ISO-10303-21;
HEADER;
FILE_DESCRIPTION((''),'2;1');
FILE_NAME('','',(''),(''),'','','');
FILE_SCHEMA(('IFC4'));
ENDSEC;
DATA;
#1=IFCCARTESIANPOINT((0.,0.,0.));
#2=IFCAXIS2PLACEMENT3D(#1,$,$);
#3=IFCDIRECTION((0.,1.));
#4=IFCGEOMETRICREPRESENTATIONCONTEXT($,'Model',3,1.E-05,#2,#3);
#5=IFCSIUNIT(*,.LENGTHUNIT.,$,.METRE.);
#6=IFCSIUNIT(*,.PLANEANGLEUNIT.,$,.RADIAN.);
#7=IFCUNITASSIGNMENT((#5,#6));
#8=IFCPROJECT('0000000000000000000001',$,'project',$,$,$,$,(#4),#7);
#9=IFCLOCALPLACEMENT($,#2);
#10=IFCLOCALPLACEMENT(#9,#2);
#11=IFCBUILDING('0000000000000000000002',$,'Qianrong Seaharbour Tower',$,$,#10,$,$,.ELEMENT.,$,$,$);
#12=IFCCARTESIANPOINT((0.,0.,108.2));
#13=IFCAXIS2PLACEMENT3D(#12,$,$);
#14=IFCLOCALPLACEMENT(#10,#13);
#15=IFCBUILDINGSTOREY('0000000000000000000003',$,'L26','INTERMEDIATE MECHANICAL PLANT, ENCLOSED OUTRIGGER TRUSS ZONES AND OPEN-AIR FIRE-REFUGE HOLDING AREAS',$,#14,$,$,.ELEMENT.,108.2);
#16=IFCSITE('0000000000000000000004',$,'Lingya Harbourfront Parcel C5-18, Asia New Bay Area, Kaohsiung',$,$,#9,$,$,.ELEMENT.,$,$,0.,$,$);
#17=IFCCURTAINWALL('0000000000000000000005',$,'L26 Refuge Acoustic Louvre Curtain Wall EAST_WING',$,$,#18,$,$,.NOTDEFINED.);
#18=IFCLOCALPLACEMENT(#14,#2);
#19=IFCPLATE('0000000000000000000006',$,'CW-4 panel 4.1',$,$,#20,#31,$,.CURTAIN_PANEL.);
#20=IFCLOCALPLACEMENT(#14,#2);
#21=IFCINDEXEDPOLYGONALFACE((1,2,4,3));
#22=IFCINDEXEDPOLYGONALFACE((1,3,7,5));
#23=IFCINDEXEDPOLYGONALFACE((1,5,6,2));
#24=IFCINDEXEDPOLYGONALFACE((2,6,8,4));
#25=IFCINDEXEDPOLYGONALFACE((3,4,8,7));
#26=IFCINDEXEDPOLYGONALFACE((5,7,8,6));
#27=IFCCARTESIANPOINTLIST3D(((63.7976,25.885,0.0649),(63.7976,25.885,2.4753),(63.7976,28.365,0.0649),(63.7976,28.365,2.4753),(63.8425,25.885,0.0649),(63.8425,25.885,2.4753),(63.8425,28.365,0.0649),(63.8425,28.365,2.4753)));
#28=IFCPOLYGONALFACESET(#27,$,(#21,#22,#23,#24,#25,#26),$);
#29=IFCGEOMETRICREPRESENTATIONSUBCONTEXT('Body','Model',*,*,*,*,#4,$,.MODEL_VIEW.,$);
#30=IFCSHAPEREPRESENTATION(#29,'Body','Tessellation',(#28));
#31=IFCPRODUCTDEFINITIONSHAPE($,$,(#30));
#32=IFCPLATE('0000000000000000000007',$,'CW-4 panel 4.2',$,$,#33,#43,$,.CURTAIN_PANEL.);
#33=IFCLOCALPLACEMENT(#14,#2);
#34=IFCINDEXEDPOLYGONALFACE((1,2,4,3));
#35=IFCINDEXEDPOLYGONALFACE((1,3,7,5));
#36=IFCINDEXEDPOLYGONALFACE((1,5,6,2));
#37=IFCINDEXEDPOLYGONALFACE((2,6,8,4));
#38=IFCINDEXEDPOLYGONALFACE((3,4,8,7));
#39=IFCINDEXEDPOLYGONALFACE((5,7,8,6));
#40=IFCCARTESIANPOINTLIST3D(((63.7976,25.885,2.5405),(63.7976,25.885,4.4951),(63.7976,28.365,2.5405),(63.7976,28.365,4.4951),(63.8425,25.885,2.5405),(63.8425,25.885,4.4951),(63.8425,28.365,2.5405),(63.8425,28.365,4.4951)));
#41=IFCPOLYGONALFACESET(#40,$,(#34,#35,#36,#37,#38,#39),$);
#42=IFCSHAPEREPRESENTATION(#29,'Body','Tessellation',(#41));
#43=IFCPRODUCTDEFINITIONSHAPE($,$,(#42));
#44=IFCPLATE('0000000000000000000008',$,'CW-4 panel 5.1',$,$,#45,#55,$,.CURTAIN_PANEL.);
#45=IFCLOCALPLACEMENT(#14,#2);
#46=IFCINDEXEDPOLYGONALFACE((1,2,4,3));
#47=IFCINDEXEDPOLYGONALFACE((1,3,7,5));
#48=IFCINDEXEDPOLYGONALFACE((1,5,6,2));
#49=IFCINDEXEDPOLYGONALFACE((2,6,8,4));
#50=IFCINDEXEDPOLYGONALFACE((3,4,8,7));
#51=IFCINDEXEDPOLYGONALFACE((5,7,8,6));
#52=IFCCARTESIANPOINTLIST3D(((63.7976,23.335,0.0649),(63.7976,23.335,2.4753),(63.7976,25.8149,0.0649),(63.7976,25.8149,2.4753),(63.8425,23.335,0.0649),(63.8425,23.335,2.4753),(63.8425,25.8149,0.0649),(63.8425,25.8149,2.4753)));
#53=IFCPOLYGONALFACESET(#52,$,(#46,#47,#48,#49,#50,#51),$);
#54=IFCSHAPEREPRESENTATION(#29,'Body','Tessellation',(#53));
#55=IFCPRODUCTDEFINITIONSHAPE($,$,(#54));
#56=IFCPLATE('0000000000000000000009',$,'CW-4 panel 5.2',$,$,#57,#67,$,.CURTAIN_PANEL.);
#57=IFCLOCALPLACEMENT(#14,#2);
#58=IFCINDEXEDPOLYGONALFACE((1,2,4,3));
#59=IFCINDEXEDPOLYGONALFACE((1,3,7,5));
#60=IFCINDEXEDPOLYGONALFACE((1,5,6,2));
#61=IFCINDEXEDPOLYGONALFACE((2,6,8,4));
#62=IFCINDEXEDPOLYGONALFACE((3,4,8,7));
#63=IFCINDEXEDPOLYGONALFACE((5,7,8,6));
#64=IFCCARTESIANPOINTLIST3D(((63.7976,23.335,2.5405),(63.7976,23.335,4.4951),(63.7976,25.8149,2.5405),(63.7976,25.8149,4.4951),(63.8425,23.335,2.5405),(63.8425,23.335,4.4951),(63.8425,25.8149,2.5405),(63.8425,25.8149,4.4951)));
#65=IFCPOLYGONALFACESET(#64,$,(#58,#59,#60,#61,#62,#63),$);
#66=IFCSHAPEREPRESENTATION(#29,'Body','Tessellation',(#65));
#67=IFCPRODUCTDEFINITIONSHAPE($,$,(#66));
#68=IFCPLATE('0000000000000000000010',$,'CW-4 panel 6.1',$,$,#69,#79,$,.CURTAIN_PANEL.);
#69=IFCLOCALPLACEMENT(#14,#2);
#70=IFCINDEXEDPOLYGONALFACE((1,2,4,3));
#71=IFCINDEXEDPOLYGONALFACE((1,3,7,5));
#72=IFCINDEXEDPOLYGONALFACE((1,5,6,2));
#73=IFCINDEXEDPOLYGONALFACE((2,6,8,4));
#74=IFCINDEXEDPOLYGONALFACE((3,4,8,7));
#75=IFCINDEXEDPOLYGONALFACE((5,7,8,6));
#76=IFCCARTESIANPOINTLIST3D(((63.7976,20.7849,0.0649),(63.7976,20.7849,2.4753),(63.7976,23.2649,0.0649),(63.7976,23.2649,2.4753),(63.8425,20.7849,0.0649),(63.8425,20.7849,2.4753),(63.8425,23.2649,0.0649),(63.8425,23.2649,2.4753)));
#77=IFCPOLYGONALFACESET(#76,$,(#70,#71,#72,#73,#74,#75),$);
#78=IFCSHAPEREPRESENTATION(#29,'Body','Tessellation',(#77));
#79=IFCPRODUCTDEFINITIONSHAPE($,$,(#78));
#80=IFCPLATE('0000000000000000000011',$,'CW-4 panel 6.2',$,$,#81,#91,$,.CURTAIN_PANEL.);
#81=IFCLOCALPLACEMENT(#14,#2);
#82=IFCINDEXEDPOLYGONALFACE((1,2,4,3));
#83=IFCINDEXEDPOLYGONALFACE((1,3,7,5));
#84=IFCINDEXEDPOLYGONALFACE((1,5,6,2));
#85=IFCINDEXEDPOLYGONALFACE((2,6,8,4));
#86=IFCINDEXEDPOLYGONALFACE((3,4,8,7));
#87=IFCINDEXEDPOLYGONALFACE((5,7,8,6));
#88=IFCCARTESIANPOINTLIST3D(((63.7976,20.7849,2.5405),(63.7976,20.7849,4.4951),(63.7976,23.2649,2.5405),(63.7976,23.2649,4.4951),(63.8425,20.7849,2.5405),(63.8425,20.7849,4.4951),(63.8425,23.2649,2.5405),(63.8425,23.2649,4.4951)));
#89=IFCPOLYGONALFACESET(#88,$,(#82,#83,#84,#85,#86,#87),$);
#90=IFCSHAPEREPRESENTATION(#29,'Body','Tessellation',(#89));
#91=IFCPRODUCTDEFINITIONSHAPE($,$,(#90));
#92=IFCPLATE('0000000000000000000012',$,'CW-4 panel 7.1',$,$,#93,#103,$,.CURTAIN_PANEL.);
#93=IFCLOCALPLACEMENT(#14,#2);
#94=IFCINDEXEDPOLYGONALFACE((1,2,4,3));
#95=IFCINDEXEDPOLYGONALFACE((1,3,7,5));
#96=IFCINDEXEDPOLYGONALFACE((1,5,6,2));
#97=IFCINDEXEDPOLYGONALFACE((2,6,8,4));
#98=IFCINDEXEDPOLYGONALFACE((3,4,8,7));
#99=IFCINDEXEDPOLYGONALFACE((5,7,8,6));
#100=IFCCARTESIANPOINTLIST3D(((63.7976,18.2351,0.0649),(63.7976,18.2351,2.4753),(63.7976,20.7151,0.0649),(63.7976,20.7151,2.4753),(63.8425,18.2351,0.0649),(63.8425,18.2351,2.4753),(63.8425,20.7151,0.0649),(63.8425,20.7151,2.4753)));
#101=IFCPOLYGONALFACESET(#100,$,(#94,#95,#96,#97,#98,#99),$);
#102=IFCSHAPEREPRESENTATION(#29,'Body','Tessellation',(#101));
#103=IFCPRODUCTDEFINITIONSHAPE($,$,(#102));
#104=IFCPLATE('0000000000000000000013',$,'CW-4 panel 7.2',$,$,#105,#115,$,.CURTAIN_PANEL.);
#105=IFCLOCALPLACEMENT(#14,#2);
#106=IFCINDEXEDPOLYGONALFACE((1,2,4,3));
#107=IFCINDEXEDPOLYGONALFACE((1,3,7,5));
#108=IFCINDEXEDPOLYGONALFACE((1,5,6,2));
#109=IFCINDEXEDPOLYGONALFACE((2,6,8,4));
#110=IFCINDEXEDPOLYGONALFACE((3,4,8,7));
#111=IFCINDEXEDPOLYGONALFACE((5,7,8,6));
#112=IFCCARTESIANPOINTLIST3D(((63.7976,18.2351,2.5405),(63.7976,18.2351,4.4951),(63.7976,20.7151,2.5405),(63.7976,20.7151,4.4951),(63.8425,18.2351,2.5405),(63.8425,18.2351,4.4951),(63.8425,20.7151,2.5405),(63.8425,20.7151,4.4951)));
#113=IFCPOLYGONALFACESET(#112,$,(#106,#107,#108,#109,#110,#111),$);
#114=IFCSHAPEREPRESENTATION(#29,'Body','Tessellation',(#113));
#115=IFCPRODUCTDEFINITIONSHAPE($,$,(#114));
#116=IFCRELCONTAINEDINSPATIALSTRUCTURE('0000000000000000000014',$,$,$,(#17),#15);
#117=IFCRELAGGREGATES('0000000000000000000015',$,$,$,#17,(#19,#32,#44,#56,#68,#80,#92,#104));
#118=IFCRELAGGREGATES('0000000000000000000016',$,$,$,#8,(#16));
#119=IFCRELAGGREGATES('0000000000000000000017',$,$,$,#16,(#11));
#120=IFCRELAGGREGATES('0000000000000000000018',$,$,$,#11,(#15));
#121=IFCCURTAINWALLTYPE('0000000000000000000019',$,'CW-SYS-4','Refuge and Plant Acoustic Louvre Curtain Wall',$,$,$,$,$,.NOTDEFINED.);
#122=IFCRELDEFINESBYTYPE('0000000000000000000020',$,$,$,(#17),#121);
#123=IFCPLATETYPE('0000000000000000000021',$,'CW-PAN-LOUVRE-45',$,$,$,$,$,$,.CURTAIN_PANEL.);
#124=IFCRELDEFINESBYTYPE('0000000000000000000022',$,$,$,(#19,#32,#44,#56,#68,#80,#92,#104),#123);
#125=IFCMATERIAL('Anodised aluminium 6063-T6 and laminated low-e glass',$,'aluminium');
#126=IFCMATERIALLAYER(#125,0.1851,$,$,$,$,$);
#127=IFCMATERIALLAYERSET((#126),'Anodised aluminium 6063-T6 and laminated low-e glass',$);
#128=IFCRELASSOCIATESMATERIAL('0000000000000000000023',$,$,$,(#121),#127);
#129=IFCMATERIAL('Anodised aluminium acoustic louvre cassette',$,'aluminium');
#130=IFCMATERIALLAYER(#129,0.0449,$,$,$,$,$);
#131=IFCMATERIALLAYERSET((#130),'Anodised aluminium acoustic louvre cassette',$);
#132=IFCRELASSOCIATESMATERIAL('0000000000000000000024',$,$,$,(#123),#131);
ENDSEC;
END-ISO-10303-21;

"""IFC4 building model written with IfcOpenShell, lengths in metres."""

from ifc_helpers import new_model, si_unit, direction, frame, origin, origin_2d, place, context, subcontext, project, spatial, rectangle, extrude, material, layer, layer_set, type_object, element, aggregate, save


model = new_model("IFC4")

# Units and contexts
model_context = context("Model", 3, precision=1e-05, world=origin(), true_north=direction((0.0, 1.0)))
body_context = subcontext(model_context, "Body", "Model", "MODEL_VIEW")
ifc_project = project(units=[si_unit("LENGTHUNIT", "METRE"), si_unit("PLANEANGLEUNIT", "RADIAN")], contexts=[model_context])

# Site, building, storey
site_placement = place(None, origin())
site = spatial("IfcSite", under=ifc_project, at=site_placement, Name="Lingya Harbourfront Parcel C5-18, Asia New Bay Area, Kaohsiung", CompositionType="ELEMENT", RefElevation=0.0)
building_placement = place(site_placement, origin())
building = spatial("IfcBuilding", under=site, at=building_placement, Name="Qianrong Seaharbour Tower", CompositionType="ELEMENT")
storey_placement = place(building_placement, frame((0.0, 0.0, 108.2)))
storey = spatial("IfcBuildingStorey", under=building, at=storey_placement, Name="L26", Description="INTERMEDIATE MECHANICAL PLANT, ENCLOSED OUTRIGGER TRUSS ZONES AND OPEN-AIR FIRE-REFUGE HOLDING AREAS", CompositionType="ELEMENT", Elevation=108.2)

# Curtain wall, plates
ifc_material_1 = material(Name="Anodised aluminium 6063-T6 and laminated low-e glass", Category="aluminium")
ifc_layer_1 = layer(ifc_material_1, 0.1851)
ifc_layer_set_1 = layer_set([ifc_layer_1], Name="Anodised aluminium 6063-T6 and laminated low-e glass")
curtain_wall_type = type_object("IfcCurtainWallType", Name="CW-SYS-4", Description="Refuge and Plant Acoustic Louvre Curtain Wall", PredefinedType="NOTDEFINED", material=ifc_layer_set_1)
curtain_wall_placement = place(storey_placement, origin())
curtain_wall = element("IfcCurtainWall", 1, at=curtain_wall_placement, inside=storey, type_object=curtain_wall_type, Name="L26 Refuge Acoustic Louvre Curtain Wall EAST_WING", PredefinedType="NOTDEFINED")
ifc_material_2 = material(Name="Anodised aluminium acoustic louvre cassette", Category="aluminium")
ifc_layer_2 = layer(ifc_material_2, 0.0449)
ifc_layer_set_2 = layer_set([ifc_layer_2], Name="Anodised aluminium acoustic louvre cassette")
plate_type = type_object("IfcPlateType", Name="CW-PAN-LOUVRE-45", PredefinedType="CURTAIN_PANEL", material=ifc_layer_set_2)
plate_1_placement = place(storey_placement, frame((63.8201, 27.125, 0.0649), z_axis=(0.0, 0.0, 1.0), x_axis=(0.0, -1.0, 0.0)))
plate_1 = element("IfcPlate", 2, at=plate_1_placement, type_object=plate_type, Name="CW-4 panel 4.1", PredefinedType="CURTAIN_PANEL", context=body_context, shape_type="SweptSolid", body=[
    extrude(rectangle(XDim=2.48, YDim=0.0449, at=origin_2d()), origin(), (0.0, 0.0, 1.0), 2.4104),
])
plate_2_placement = place(storey_placement, frame((63.8201, 27.125, 2.5405), z_axis=(0.0, 0.0, 1.0), x_axis=(0.0, -1.0, 0.0)))
plate_2 = element("IfcPlate", 3, at=plate_2_placement, type_object=plate_type, Name="CW-4 panel 4.2", PredefinedType="CURTAIN_PANEL", context=body_context, shape_type="SweptSolid", body=[
    extrude(rectangle(XDim=2.48, YDim=0.0449, at=origin_2d()), origin(), (0.0, 0.0, 1.0), 1.9546),
])
plate_3_placement = place(storey_placement, frame((63.8201, 24.575, 0.0649), z_axis=(0.0, 0.0, 1.0), x_axis=(0.0, -1.0, 0.0)))
plate_3 = element("IfcPlate", 4, at=plate_3_placement, type_object=plate_type, Name="CW-4 panel 5.1", PredefinedType="CURTAIN_PANEL", context=body_context, shape_type="SweptSolid", body=[
    extrude(rectangle(XDim=2.48, YDim=0.0449, at=origin_2d()), origin(), (0.0, 0.0, 1.0), 2.4104),
])
plate_4_placement = place(storey_placement, frame((63.8201, 24.575, 2.5405), z_axis=(0.0, 0.0, 1.0), x_axis=(0.0, -1.0, 0.0)))
plate_4 = element("IfcPlate", 5, at=plate_4_placement, type_object=plate_type, Name="CW-4 panel 5.2", PredefinedType="CURTAIN_PANEL", context=body_context, shape_type="SweptSolid", body=[
    extrude(rectangle(XDim=2.48, YDim=0.0449, at=origin_2d()), origin(), (0.0, 0.0, 1.0), 1.9546),
])
plate_5_placement = place(storey_placement, frame((63.8201, 22.0249, 0.0649), z_axis=(0.0, 0.0, 1.0), x_axis=(0.0, -1.0, 0.0)))
plate_5 = element("IfcPlate", 6, at=plate_5_placement, type_object=plate_type, Name="CW-4 panel 6.1", PredefinedType="CURTAIN_PANEL", context=body_context, shape_type="SweptSolid", body=[
    extrude(rectangle(XDim=2.48, YDim=0.0449, at=origin_2d()), origin(), (0.0, 0.0, 1.0), 2.4104),
])
plate_6_placement = place(storey_placement, frame((63.8201, 22.0249, 2.5405), z_axis=(0.0, 0.0, 1.0), x_axis=(0.0, -1.0, 0.0)))
plate_6 = element("IfcPlate", 7, at=plate_6_placement, type_object=plate_type, Name="CW-4 panel 6.2", PredefinedType="CURTAIN_PANEL", context=body_context, shape_type="SweptSolid", body=[
    extrude(rectangle(XDim=2.48, YDim=0.0449, at=origin_2d()), origin(), (0.0, 0.0, 1.0), 1.9546),
])
plate_7_placement = place(storey_placement, frame((63.8201, 19.4751, 0.0649), z_axis=(0.0, 0.0, 1.0), x_axis=(0.0, -1.0, 0.0)))
plate_7 = element("IfcPlate", 8, at=plate_7_placement, type_object=plate_type, Name="CW-4 panel 7.1", PredefinedType="CURTAIN_PANEL", context=body_context, shape_type="SweptSolid", body=[
    extrude(rectangle(XDim=2.48, YDim=0.0449, at=origin_2d()), origin(), (0.0, 0.0, 1.0), 2.4104),
])
plate_8_placement = place(storey_placement, frame((63.8201, 19.4751, 2.5405), z_axis=(0.0, 0.0, 1.0), x_axis=(0.0, -1.0, 0.0)))
plate_8 = element("IfcPlate", 9, at=plate_8_placement, type_object=plate_type, Name="CW-4 panel 7.2", PredefinedType="CURTAIN_PANEL", context=body_context, shape_type="SweptSolid", body=[
    extrude(rectangle(XDim=2.48, YDim=0.0449, at=origin_2d()), origin(), (0.0, 0.0, 1.0), 1.9546),
])
aggregate(curtain_wall, [plate_1, plate_2, plate_3, plate_4, plate_5, plate_6, plate_7, plate_8])

save(model, "model.ifc")
